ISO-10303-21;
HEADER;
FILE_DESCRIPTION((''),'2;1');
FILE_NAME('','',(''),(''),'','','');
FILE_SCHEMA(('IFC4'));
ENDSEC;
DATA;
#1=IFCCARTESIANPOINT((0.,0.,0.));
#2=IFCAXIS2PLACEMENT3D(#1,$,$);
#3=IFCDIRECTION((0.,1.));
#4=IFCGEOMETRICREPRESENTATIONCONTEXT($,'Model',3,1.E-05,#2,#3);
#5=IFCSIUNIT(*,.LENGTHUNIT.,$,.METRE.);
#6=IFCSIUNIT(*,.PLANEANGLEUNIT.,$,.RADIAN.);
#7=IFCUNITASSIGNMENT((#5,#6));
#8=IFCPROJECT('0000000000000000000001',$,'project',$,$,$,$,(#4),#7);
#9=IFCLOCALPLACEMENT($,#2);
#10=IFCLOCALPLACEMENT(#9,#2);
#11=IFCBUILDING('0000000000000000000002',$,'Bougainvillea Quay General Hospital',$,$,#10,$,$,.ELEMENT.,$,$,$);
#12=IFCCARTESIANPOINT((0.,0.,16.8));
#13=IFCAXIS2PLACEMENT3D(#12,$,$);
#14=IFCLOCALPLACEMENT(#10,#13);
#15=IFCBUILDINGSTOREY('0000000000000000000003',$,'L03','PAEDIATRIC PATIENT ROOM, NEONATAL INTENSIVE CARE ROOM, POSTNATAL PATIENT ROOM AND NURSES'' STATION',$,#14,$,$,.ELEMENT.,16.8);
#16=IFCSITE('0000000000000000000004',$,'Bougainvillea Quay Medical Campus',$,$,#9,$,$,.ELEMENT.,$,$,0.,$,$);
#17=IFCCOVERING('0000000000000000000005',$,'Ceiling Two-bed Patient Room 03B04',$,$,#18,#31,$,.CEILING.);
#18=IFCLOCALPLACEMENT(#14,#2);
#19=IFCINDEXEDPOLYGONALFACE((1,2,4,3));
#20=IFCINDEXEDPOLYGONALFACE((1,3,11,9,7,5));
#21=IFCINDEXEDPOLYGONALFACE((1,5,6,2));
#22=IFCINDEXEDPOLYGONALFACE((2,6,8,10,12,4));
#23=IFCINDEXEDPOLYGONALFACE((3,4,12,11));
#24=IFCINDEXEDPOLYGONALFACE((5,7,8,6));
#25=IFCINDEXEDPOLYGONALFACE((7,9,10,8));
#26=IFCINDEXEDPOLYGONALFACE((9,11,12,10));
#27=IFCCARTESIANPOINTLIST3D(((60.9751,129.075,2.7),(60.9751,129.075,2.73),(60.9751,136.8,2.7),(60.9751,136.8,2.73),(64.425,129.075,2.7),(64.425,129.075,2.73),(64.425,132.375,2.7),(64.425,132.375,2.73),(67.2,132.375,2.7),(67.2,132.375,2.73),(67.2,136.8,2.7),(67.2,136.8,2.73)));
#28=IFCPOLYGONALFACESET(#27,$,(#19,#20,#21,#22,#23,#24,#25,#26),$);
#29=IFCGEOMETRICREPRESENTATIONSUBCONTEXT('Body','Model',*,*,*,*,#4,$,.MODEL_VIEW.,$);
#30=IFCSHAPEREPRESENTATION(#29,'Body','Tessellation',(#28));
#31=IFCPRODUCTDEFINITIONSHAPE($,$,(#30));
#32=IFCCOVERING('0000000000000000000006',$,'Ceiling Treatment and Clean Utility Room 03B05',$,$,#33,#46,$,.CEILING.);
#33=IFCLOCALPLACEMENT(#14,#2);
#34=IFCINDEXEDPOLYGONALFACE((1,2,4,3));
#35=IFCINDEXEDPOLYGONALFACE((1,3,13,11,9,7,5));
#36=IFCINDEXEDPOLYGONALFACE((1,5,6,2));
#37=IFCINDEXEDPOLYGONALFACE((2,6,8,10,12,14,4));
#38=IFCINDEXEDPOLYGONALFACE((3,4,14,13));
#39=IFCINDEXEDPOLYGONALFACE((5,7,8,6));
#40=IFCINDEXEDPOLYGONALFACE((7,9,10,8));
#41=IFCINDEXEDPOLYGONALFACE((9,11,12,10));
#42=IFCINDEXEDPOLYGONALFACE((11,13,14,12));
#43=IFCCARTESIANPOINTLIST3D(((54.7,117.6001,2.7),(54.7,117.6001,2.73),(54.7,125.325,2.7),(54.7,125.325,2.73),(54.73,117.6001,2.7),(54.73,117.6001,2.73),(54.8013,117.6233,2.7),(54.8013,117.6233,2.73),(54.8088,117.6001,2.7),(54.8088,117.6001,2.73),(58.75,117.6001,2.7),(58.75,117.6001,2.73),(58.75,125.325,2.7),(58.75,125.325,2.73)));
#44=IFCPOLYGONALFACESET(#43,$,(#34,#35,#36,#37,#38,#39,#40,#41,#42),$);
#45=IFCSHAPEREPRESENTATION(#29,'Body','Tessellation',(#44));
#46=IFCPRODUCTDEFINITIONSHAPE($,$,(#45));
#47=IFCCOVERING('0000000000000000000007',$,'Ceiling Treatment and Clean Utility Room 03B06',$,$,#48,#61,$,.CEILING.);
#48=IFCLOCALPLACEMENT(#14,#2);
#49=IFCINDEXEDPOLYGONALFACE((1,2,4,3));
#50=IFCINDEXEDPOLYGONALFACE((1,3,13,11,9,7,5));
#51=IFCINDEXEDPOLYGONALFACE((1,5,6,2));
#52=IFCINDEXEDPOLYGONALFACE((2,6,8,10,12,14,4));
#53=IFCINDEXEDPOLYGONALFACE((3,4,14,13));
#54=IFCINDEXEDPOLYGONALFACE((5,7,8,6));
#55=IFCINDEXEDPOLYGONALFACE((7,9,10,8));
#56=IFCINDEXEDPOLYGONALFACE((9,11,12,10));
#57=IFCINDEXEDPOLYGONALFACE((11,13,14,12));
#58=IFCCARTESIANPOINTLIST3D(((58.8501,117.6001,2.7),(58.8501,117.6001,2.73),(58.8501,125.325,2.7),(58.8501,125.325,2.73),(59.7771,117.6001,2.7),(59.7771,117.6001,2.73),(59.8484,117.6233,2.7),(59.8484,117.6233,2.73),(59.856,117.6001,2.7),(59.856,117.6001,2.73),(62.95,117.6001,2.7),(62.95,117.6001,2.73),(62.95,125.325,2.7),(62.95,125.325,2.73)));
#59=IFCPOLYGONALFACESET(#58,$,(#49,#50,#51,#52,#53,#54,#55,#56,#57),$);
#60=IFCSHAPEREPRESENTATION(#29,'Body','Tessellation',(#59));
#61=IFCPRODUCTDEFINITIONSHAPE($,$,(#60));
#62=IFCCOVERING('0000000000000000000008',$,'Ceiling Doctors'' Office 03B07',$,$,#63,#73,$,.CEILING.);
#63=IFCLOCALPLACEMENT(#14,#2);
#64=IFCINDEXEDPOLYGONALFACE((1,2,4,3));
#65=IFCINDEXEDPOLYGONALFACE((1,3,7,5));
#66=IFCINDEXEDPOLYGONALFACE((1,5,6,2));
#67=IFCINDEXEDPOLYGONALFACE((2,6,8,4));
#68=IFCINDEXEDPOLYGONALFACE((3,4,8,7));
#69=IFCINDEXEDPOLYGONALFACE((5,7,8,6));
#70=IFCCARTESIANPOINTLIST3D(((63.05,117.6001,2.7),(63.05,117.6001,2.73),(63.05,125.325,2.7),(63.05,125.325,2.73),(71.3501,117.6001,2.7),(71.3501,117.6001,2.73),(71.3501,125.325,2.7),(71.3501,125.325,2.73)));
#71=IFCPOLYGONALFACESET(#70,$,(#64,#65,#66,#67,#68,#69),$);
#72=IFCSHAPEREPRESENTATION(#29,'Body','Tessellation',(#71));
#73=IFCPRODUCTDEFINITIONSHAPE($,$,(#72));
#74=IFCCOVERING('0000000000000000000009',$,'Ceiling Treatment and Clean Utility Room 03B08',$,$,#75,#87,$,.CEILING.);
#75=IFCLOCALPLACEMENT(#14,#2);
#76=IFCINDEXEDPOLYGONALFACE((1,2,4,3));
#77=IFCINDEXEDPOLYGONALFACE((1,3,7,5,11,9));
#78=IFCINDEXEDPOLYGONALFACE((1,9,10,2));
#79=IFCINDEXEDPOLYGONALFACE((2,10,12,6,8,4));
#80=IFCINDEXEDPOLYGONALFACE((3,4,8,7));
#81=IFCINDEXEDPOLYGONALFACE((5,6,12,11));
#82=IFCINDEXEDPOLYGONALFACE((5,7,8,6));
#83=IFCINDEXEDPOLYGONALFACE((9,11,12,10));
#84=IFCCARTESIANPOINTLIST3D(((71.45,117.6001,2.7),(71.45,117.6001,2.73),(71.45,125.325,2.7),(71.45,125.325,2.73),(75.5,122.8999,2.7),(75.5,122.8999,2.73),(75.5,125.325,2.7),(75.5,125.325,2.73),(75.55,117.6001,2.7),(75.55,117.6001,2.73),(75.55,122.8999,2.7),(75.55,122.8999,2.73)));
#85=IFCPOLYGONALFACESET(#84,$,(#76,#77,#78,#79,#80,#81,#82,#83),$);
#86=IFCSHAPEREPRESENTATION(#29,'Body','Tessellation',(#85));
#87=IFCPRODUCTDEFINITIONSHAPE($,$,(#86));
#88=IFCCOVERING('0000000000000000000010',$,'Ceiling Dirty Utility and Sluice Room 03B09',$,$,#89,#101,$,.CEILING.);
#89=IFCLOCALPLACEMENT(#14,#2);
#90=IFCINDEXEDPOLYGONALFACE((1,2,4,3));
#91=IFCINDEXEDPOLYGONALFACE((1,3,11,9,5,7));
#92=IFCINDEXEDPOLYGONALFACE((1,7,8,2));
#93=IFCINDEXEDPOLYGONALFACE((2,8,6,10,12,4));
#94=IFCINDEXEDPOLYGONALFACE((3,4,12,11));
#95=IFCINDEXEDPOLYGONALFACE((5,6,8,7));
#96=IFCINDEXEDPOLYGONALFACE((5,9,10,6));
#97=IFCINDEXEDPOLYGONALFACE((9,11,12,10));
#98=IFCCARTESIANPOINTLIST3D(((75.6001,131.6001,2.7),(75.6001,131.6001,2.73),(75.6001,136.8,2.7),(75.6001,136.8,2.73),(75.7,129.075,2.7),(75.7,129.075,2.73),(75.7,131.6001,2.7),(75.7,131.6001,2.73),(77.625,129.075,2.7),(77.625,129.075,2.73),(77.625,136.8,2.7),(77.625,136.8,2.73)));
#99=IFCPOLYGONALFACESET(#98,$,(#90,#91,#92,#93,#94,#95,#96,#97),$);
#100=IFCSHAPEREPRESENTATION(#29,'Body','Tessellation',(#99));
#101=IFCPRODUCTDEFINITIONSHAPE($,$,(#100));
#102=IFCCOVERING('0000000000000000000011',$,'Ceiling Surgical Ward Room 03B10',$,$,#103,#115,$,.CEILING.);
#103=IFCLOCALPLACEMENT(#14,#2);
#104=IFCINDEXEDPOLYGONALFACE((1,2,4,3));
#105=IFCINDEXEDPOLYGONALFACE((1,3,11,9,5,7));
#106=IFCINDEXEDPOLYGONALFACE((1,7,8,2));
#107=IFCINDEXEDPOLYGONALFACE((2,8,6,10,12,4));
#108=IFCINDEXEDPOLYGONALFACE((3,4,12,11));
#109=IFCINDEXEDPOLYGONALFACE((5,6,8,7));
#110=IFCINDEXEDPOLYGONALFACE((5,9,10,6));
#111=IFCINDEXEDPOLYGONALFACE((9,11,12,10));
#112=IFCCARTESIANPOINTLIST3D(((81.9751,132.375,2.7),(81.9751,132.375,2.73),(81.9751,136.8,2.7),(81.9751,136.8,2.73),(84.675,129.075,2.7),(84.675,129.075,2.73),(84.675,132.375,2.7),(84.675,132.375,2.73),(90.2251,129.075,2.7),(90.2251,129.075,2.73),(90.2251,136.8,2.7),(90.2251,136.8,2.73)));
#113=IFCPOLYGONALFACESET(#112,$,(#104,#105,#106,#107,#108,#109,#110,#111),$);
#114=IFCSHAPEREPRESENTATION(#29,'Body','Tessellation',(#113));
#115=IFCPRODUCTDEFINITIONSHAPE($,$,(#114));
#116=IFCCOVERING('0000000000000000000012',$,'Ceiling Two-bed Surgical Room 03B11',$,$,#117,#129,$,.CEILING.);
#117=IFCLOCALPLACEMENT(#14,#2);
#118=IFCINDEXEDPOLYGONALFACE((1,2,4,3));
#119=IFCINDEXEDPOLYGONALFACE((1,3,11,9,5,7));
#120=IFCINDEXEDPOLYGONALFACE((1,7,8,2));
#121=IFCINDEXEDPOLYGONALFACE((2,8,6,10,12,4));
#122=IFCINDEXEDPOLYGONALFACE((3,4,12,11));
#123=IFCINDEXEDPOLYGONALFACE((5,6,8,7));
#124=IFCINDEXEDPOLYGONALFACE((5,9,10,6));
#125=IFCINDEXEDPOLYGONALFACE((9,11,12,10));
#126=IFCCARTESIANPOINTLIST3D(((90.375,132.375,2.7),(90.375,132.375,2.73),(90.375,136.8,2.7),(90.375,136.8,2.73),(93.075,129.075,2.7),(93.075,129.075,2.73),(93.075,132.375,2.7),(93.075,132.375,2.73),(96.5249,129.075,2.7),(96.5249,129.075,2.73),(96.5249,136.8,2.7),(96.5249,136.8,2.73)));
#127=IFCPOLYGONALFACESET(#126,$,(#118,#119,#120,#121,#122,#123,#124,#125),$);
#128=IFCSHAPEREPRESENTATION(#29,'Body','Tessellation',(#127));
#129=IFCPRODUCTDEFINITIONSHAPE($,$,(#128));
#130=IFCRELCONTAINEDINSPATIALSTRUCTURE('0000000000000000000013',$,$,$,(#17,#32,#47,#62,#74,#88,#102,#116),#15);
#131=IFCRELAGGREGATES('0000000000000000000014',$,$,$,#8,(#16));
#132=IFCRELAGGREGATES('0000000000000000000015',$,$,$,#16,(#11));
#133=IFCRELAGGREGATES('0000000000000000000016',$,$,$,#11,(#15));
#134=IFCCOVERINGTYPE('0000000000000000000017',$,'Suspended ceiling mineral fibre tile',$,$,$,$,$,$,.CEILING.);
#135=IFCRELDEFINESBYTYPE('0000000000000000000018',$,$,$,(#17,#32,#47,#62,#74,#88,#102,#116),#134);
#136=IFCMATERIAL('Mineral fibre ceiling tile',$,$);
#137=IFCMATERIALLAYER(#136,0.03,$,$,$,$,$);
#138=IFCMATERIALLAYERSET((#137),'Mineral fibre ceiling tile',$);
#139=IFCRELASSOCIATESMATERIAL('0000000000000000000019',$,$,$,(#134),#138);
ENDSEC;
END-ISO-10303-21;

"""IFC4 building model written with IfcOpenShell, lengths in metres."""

from ifc_helpers import new_model, si_unit, direction, frame, origin, place, context, subcontext, project, spatial, polyline, outline, extrude, material, layer, layer_set, type_object, element, save


model = new_model("IFC4")

# Units and contexts
model_context = context("Model", 3, precision=1e-05, world=origin(), true_north=direction((0.0, 1.0)))
body_context = subcontext(model_context, "Body", "Model", "MODEL_VIEW")
ifc_project = project(units=[si_unit("LENGTHUNIT", "METRE"), si_unit("PLANEANGLEUNIT", "RADIAN")], contexts=[model_context])

# Site, building, storey
site_placement = place(None, origin())
site = spatial("IfcSite", under=ifc_project, at=site_placement, Name="Bougainvillea Quay Medical Campus", CompositionType="ELEMENT", RefElevation=0.0)
building_placement = place(site_placement, origin())
building = spatial("IfcBuilding", under=site, at=building_placement, Name="Bougainvillea Quay General Hospital", CompositionType="ELEMENT")
storey_placement = place(building_placement, frame((0.0, 0.0, 16.8)))
storey = spatial("IfcBuildingStorey", under=building, at=storey_placement, Name="L03", Description="PAEDIATRIC PATIENT ROOM, NEONATAL INTENSIVE CARE ROOM, POSTNATAL PATIENT ROOM AND NURSES' STATION", CompositionType="ELEMENT", Elevation=16.8)

# Coverings
ifc_material = material(Name="Mineral fibre ceiling tile")
ifc_layer = layer(ifc_material, 0.03)
ifc_layer_set = layer_set([ifc_layer], Name="Mineral fibre ceiling tile")
covering_type = type_object("IfcCoveringType", Name="Suspended ceiling mineral fibre tile", PredefinedType="CEILING", material=ifc_layer_set)
covering_1_placement = place(storey_placement, frame((0.0, 0.0, 2.7)))
element("IfcCovering", 1, at=covering_1_placement, inside=storey, type_object=covering_type, Name="Ceiling Two-bed Patient Room 03B04", PredefinedType="CEILING", context=body_context, shape_type="SweptSolid", body=[
    extrude(outline(polyline([(60.9751, 136.8), (60.9751, 129.075), (64.425, 129.075), (64.425, 132.375), (67.2, 132.375), (67.2, 136.8), (60.9751, 136.8)])), origin(), (0.0, 0.0, 1.0), 0.03),
])
covering_2_placement = place(storey_placement, frame((0.0, 0.0, 2.7)))
element("IfcCovering", 2, at=covering_2_placement, inside=storey, type_object=covering_type, Name="Ceiling Treatment and Clean Utility Room 03B05", PredefinedType="CEILING", context=body_context, shape_type="SweptSolid", body=[
    extrude(outline(polyline([(54.73, 117.6001), (54.8013, 117.6233), (54.8088, 117.6001), (58.75, 117.6001), (58.75, 125.325), (54.7, 125.325), (54.7, 117.6001), (54.73, 117.6001)])), origin(), (0.0, 0.0, 1.0), 0.03),
])
covering_3_placement = place(storey_placement, frame((0.0, 0.0, 2.7)))
element("IfcCovering", 3, at=covering_3_placement, inside=storey, type_object=covering_type, Name="Ceiling Treatment and Clean Utility Room 03B06", PredefinedType="CEILING", context=body_context, shape_type="SweptSolid", body=[
    extrude(outline(polyline([(59.7771, 117.6001), (59.8484, 117.6233), (59.856, 117.6001), (62.95, 117.6001), (62.95, 125.325), (58.8501, 125.325), (58.8501, 117.6001), (59.7771, 117.6001)])), origin(), (0.0, 0.0, 1.0), 0.03),
])
covering_4_placement = place(storey_placement, frame((0.0, 0.0, 2.7)))
element("IfcCovering", 4, at=covering_4_placement, inside=storey, type_object=covering_type, Name="Ceiling Doctors' Office 03B07", PredefinedType="CEILING", context=body_context, shape_type="SweptSolid", body=[
    extrude(outline(polyline([(71.3501, 117.6001), (71.3501, 125.325), (63.05, 125.325), (63.05, 117.6001), (71.3501, 117.6001)])), origin(), (0.0, 0.0, 1.0), 0.03),
])
covering_5_placement = place(storey_placement, frame((0.0, 0.0, 2.7)))
element("IfcCovering", 5, at=covering_5_placement, inside=storey, type_object=covering_type, Name="Ceiling Treatment and Clean Utility Room 03B08", PredefinedType="CEILING", context=body_context, shape_type="SweptSolid", body=[
    extrude(outline(polyline([(75.55, 117.6001), (75.55, 122.8999), (75.5, 122.8999), (75.5, 125.325), (71.45, 125.325), (71.45, 117.6001), (75.55, 117.6001)])), origin(), (0.0, 0.0, 1.0), 0.03),
])
covering_6_placement = place(storey_placement, frame((0.0, 0.0, 2.7)))
element("IfcCovering", 6, at=covering_6_placement, inside=storey, type_object=covering_type, Name="Ceiling Dirty Utility and Sluice Room 03B09", PredefinedType="CEILING", context=body_context, shape_type="SweptSolid", body=[
    extrude(outline(polyline([(75.6001, 131.6001), (75.7, 131.6001), (75.7, 129.075), (77.625, 129.075), (77.625, 136.8), (75.6001, 136.8), (75.6001, 131.6001)])), origin(), (0.0, 0.0, 1.0), 0.03),
])
covering_7_placement = place(storey_placement, frame((0.0, 0.0, 2.7)))
element("IfcCovering", 7, at=covering_7_placement, inside=storey, type_object=covering_type, Name="Ceiling Surgical Ward Room 03B10", PredefinedType="CEILING", context=body_context, shape_type="SweptSolid", body=[
    extrude(outline(polyline([(81.9751, 136.8), (81.9751, 132.375), (84.675, 132.375), (84.675, 129.075), (90.2251, 129.075), (90.2251, 136.8), (81.9751, 136.8)])), origin(), (0.0, 0.0, 1.0), 0.03),
])
covering_8_placement = place(storey_placement, frame((0.0, 0.0, 2.7)))
element("IfcCovering", 8, at=covering_8_placement, inside=storey, type_object=covering_type, Name="Ceiling Two-bed Surgical Room 03B11", PredefinedType="CEILING", context=body_context, shape_type="SweptSolid", body=[
    extrude(outline(polyline([(90.375, 136.8), (90.375, 132.375), (93.075, 132.375), (93.075, 129.075), (96.5249, 129.075), (96.5249, 136.8), (90.375, 136.8)])), origin(), (0.0, 0.0, 1.0), 0.03),
])

save(model, "model.ifc")
